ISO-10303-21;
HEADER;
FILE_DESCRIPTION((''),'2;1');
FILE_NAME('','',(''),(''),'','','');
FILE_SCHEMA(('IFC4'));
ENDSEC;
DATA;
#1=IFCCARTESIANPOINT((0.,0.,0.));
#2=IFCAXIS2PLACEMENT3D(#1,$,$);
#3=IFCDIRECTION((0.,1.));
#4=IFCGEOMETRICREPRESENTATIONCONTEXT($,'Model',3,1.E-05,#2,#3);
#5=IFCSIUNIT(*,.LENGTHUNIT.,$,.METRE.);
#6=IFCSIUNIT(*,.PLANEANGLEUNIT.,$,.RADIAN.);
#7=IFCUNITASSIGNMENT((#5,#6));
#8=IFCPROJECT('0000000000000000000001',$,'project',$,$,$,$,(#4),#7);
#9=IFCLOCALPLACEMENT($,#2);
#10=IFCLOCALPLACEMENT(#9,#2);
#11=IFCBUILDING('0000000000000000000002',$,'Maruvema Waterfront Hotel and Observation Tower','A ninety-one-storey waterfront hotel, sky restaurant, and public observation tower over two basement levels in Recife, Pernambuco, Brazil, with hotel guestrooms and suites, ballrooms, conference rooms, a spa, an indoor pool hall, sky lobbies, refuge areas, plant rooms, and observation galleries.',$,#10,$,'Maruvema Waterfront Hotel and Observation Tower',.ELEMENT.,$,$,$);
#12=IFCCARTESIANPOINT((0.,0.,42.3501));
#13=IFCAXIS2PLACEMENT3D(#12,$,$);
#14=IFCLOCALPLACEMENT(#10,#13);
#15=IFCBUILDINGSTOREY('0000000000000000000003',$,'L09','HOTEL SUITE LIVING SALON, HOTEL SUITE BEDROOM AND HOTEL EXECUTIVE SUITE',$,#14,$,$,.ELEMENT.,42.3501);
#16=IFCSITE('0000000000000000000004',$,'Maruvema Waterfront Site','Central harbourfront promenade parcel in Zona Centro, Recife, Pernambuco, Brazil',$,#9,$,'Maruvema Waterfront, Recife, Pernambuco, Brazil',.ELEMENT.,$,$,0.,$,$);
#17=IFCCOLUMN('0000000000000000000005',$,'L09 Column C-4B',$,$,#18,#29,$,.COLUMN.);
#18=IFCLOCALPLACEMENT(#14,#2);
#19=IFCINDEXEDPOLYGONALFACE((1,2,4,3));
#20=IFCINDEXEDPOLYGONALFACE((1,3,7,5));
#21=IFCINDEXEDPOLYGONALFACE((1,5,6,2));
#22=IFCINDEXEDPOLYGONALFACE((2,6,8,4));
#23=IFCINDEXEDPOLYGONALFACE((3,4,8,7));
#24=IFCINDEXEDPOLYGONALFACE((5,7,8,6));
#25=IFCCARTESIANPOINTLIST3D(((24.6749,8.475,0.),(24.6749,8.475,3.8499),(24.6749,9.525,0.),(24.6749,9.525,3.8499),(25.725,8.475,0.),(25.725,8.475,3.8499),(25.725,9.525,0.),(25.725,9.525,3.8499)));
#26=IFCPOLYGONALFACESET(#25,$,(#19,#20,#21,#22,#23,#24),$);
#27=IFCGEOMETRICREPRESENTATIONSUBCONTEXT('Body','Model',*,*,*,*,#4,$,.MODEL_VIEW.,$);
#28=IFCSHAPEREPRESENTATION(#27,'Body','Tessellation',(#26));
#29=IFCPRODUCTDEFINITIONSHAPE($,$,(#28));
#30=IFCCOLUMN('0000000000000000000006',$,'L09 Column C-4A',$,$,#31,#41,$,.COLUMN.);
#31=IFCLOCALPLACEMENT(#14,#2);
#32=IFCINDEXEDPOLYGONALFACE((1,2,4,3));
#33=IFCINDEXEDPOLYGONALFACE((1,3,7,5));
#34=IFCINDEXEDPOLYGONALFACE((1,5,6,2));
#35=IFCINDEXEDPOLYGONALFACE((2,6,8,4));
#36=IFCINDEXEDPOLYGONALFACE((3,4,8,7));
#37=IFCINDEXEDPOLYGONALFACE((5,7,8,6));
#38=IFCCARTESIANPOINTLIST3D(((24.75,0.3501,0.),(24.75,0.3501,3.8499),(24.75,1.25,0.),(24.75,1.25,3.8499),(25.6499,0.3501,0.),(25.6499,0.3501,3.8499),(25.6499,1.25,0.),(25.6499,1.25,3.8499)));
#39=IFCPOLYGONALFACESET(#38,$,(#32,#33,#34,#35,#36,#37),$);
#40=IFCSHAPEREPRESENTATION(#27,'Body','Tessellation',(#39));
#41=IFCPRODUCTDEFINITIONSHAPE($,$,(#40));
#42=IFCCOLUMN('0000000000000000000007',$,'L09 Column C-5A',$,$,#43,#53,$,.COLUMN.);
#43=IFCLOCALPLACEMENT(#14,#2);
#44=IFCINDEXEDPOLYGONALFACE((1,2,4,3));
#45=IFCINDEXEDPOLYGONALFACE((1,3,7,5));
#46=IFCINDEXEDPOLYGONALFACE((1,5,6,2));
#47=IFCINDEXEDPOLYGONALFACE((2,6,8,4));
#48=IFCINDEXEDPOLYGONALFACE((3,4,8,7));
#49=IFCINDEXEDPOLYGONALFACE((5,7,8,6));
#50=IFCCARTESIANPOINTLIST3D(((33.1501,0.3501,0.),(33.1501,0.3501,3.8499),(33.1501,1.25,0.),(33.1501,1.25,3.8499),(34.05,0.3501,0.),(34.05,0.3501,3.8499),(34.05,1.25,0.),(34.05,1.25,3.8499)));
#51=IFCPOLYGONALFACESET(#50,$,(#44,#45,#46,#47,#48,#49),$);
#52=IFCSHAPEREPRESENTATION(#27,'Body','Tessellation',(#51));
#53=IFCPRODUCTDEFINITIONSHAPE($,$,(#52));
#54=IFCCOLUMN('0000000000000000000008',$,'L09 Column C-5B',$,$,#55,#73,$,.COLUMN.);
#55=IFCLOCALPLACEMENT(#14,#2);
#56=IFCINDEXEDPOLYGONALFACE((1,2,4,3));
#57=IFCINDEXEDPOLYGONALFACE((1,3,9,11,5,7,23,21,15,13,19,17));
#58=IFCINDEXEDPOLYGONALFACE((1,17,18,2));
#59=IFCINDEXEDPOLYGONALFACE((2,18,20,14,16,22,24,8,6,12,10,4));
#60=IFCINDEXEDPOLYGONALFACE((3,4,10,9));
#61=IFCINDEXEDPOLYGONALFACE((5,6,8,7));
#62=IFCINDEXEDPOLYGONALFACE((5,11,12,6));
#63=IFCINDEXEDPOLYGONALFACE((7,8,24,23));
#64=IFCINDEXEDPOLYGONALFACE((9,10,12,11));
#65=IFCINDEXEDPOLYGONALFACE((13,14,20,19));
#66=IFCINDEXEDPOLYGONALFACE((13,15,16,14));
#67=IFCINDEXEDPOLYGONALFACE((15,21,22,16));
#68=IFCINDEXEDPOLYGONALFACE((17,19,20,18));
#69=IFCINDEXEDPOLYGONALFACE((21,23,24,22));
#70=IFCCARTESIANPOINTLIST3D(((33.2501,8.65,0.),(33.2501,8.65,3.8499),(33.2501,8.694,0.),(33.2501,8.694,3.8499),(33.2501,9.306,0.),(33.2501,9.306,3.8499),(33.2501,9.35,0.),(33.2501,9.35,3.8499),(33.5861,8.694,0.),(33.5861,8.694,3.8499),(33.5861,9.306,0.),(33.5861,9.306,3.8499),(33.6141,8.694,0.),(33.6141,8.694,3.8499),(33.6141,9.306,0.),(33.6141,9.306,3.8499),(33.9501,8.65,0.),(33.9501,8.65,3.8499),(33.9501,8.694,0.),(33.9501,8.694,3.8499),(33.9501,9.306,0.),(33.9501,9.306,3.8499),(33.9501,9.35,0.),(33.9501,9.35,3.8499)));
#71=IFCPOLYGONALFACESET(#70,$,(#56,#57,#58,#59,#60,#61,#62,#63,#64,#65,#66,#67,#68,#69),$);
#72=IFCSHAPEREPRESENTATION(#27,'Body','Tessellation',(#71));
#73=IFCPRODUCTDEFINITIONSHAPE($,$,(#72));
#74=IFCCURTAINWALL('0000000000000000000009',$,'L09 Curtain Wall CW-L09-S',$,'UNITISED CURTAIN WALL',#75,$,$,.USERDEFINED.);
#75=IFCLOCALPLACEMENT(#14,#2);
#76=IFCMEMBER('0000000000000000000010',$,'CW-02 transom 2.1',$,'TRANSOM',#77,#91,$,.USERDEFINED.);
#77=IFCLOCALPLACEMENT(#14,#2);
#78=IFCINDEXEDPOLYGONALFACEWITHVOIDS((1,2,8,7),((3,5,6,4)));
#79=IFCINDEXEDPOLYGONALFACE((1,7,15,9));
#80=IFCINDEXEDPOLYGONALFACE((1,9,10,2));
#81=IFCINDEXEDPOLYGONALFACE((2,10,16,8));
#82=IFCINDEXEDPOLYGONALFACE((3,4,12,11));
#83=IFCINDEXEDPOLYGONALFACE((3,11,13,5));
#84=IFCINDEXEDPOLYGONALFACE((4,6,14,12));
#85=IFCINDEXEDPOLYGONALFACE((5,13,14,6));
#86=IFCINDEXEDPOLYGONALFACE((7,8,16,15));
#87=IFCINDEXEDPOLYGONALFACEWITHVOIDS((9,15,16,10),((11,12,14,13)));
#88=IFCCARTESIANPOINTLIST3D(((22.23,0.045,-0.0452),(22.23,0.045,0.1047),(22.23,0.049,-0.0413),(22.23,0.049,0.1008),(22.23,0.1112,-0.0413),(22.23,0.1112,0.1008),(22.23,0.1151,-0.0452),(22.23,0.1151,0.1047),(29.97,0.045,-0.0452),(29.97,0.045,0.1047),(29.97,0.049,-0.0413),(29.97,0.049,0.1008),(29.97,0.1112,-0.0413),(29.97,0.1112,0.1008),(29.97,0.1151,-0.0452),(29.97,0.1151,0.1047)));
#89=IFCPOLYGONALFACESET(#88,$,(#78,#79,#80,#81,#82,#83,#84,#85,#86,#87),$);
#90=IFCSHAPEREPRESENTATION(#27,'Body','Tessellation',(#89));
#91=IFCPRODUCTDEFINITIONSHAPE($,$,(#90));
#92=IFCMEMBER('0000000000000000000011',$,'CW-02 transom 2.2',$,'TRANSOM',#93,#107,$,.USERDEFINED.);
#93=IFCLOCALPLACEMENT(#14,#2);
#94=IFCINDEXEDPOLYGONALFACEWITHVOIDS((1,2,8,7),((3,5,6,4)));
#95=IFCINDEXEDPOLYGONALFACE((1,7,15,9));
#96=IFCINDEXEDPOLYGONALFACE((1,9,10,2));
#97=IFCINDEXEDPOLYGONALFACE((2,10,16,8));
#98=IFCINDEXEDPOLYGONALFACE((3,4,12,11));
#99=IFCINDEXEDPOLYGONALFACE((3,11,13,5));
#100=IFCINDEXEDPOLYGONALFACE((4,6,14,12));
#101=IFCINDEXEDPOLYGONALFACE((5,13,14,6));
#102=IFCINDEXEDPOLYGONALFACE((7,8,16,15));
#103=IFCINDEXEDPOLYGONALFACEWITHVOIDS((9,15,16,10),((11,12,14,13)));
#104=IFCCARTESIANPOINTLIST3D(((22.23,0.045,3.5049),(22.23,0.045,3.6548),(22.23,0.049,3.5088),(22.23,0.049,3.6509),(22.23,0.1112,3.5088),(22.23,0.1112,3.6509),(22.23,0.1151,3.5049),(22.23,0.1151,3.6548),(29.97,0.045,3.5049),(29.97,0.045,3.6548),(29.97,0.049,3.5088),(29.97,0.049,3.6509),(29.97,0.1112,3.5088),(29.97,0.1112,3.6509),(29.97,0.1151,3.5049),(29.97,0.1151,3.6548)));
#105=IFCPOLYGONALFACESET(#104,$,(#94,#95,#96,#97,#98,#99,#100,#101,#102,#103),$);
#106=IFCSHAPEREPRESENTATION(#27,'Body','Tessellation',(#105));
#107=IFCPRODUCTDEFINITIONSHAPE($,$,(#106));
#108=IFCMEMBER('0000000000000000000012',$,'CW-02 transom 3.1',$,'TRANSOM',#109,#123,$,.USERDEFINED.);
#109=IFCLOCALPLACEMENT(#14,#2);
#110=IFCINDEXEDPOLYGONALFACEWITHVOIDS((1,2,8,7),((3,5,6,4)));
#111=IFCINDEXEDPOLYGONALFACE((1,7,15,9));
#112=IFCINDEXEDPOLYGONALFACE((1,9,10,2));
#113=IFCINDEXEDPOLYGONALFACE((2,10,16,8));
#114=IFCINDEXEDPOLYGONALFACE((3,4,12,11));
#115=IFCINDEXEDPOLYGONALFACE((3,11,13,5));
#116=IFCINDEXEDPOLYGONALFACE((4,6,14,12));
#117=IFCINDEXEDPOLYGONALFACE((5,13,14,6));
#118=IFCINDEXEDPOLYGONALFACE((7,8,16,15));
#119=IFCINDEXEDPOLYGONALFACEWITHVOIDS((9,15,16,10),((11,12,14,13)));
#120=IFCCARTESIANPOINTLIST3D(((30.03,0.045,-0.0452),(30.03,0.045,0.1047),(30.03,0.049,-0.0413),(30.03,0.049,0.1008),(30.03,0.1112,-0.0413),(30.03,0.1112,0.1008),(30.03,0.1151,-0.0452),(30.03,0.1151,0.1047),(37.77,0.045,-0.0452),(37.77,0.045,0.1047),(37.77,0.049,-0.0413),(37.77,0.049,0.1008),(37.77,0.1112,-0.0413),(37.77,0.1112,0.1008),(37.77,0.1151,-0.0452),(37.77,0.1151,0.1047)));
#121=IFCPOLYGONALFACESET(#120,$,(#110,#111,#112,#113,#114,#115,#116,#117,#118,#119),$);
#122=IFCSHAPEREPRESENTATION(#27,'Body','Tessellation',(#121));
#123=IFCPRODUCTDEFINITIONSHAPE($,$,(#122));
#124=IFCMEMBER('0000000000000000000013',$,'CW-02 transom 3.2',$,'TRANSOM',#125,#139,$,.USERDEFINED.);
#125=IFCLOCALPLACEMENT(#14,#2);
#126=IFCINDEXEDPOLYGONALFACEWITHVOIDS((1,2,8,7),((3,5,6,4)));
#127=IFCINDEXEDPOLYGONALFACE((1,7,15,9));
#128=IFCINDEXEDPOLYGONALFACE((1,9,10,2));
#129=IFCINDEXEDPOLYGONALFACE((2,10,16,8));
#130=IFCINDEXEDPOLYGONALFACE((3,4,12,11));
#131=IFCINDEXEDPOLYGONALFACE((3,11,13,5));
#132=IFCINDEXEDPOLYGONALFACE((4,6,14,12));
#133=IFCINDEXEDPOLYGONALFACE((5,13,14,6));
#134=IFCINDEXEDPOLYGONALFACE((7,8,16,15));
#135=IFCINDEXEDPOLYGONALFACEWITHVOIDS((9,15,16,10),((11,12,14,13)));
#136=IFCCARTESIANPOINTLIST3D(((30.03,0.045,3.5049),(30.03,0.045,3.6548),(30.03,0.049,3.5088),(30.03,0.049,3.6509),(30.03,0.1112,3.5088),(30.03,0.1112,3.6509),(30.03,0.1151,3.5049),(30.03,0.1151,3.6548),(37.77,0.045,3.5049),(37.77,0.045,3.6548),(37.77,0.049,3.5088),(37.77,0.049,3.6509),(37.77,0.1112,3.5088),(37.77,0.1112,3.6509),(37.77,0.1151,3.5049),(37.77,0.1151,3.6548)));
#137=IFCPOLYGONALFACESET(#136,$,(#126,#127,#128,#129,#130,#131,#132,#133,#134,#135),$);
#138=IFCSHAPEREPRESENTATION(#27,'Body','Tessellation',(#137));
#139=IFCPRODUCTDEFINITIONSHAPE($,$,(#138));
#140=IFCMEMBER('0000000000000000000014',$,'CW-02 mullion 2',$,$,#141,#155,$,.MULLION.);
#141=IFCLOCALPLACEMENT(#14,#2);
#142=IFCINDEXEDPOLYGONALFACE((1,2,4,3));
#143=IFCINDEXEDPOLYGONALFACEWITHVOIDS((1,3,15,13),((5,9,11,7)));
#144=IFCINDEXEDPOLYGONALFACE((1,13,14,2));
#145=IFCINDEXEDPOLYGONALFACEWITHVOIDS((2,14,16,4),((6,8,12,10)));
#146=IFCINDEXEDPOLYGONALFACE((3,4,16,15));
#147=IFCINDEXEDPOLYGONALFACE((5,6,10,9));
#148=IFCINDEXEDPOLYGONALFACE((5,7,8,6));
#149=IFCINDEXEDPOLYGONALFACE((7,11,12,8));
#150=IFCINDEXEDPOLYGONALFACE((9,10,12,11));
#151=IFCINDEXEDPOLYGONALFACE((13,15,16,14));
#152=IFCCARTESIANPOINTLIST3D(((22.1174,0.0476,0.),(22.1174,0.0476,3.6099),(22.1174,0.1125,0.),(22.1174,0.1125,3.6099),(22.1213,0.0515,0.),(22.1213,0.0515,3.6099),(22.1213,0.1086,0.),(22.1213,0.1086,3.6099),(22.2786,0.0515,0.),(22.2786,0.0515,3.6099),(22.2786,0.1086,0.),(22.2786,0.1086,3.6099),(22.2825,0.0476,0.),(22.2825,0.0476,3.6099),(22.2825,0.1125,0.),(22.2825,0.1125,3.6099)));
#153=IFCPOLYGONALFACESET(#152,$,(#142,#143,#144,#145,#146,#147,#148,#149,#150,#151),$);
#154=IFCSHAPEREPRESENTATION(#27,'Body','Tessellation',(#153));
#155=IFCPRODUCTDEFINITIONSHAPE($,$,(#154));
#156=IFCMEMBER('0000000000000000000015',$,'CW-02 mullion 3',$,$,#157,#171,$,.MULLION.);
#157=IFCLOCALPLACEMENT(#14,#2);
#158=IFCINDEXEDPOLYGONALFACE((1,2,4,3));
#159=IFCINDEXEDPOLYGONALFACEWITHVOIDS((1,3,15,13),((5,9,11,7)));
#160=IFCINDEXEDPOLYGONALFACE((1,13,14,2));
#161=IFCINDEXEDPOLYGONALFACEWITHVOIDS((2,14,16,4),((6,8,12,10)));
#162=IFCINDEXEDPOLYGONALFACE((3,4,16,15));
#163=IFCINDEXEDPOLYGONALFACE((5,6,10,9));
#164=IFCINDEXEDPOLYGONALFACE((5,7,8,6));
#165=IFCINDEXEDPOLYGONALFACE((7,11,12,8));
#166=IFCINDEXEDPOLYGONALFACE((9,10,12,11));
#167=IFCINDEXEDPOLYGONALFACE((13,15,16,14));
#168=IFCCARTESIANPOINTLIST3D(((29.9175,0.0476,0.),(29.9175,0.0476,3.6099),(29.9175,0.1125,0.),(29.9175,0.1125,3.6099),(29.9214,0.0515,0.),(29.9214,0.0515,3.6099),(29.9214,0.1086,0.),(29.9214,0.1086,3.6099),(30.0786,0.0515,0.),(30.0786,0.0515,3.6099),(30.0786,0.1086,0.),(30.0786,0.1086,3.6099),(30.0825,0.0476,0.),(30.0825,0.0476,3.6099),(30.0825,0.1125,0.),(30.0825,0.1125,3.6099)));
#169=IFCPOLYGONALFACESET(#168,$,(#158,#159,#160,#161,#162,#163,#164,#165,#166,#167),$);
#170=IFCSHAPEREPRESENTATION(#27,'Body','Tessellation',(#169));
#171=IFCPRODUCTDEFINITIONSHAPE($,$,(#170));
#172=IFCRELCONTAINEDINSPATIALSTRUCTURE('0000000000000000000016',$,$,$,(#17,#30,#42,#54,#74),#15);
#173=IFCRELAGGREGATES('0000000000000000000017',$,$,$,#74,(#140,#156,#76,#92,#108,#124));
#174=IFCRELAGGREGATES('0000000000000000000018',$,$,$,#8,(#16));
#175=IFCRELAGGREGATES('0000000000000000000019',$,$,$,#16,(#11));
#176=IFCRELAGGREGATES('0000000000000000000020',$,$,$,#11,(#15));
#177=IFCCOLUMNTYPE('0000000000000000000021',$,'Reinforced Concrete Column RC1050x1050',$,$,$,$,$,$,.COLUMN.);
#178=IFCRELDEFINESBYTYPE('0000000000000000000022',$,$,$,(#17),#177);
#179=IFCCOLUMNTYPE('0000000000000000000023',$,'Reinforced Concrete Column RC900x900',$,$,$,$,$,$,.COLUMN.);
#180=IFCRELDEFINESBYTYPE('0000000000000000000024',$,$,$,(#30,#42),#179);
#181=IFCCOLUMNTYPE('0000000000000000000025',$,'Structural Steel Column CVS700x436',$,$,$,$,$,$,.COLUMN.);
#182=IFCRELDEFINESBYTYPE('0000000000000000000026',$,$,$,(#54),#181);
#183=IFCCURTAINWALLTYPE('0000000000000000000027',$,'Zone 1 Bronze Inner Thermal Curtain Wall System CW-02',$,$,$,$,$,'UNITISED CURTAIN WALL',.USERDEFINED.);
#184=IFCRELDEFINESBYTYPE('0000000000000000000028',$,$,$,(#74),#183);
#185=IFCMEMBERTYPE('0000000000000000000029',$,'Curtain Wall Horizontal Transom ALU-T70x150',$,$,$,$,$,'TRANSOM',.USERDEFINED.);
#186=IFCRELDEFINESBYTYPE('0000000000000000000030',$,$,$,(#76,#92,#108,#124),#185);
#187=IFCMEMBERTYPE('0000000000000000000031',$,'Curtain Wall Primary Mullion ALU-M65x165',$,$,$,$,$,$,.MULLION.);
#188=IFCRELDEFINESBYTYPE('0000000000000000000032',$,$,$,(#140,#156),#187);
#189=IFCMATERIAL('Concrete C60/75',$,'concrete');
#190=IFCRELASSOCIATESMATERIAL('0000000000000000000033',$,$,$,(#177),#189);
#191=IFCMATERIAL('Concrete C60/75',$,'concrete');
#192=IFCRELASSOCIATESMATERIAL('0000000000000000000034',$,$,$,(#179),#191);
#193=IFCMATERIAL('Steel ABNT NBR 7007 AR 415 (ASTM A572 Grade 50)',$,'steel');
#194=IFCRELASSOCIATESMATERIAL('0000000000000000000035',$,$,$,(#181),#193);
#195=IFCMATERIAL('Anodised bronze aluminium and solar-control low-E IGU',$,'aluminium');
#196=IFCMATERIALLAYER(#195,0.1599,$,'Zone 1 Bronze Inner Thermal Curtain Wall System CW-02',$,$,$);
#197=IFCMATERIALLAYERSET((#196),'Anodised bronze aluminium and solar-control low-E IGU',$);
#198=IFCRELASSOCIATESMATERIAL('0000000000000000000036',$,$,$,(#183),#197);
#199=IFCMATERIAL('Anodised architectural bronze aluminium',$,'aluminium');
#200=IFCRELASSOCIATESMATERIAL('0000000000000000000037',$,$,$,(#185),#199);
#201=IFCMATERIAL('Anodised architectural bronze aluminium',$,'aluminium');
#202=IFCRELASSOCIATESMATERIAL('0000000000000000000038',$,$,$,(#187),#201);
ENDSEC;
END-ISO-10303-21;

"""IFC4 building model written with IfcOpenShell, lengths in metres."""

from ifc_helpers import new_model, si_unit, direction, frame, origin, origin_2d, place, context, subcontext, project, spatial, rectangle, hollow_rectangle, i_section, extrude, material, layer, layer_set, material_profile, profile_set, type_object, element, aggregate, save


model = new_model("IFC4")

# Units and contexts
model_context = context("Model", 3, precision=1e-05, world=origin(), true_north=direction((0.0, 1.0)))
body_context = subcontext(model_context, "Body", "Model", "MODEL_VIEW")
ifc_project = project(units=[si_unit("LENGTHUNIT", "METRE"), si_unit("PLANEANGLEUNIT", "RADIAN")], contexts=[model_context])

# Site, building, storey
site_placement = place(None, origin())
site = spatial("IfcSite", under=ifc_project, at=site_placement, Name="Maruvema Waterfront Site", Description="Central harbourfront promenade parcel in Zona Centro, Recife, Pernambuco, Brazil", LongName="Maruvema Waterfront, Recife, Pernambuco, Brazil", CompositionType="ELEMENT", RefElevation=0.0)
building_placement = place(site_placement, origin())
building = spatial("IfcBuilding", under=site, at=building_placement, Name="Maruvema Waterfront Hotel and Observation Tower", Description="A ninety-one-storey waterfront hotel, sky restaurant, and public observation tower over two basement levels in Recife, Pernambuco, Brazil, with hotel guestrooms and suites, ballrooms, conference rooms, a spa, an indoor pool hall, sky lobbies, refuge areas, plant rooms, and observation galleries.", LongName="Maruvema Waterfront Hotel and Observation Tower", CompositionType="ELEMENT")
storey_placement = place(building_placement, frame((0.0, 0.0, 42.3501)))
storey = spatial("IfcBuildingStorey", under=building, at=storey_placement, Name="L09", Description="HOTEL SUITE LIVING SALON, HOTEL SUITE BEDROOM AND HOTEL EXECUTIVE SUITE", CompositionType="ELEMENT", Elevation=42.3501)

# Columns
ifc_material_1 = material(Name="Concrete C60/75", Category="concrete")
ifc_material_profile_1 = material_profile(ifc_material_1, rectangle(XDim=1.05, YDim=1.05, at=origin_2d()), Name="RC1050x1050")
ifc_profile_set_1 = profile_set([ifc_material_profile_1], Name="Concrete C60/75")
column_type_1 = type_object("IfcColumnType", Name="Reinforced Concrete Column RC1050x1050", PredefinedType="COLUMN", material=ifc_profile_set_1)
column_1_placement = place(storey_placement, frame((25.2, 9.0, 0.0), z_axis=(0.0, 0.0, 1.0), x_axis=(1.0, 0.0, 0.0)))
element("IfcColumn", 1, at=column_1_placement, inside=storey, type_object=column_type_1, Name="L09 Column C-4B", PredefinedType="COLUMN", context=body_context, shape_type="SweptSolid", body=[
    extrude(rectangle(XDim=1.05, YDim=1.05, at=origin_2d()), origin(), (0.0, 0.0, 1.0), 3.8499),
])
ifc_material_2 = material(Name="Concrete C60/75", Category="concrete")
ifc_material_profile_2 = material_profile(ifc_material_2, rectangle(XDim=0.8999, YDim=0.8999, at=origin_2d()), Name="RC900x900")
ifc_profile_set_2 = profile_set([ifc_material_profile_2], Name="Concrete C60/75")
column_type_2 = type_object("IfcColumnType", Name="Reinforced Concrete Column RC900x900", PredefinedType="COLUMN", material=ifc_profile_set_2)
for number, where, z_axis, x_axis, name in (
    (2, (25.2, 0.8, 0.0), (0.0, 0.0, 1.0), (1.0, 0.0, 0.0), "L09 Column C-4A"),
    (3, (33.6001, 0.8, 0.0), (0.0, 0.0, 1.0), (1.0, 0.0, 0.0), "L09 Column C-5A"),
):
    element("IfcColumn", number, at=place(storey_placement, frame(where, z_axis=z_axis, x_axis=x_axis)), inside=storey, type_object=column_type_2, Name=name, PredefinedType="COLUMN", context=body_context, shape_type="SweptSolid", body=[
        extrude(rectangle(XDim=0.8999, YDim=0.8999, at=origin_2d()), origin(), (0.0, 0.0, 1.0), 3.8499),
    ])
ifc_material_3 = material(Name="Steel ABNT NBR 7007 AR 415 (ASTM A572 Grade 50)", Category="steel")
ifc_material_profile_3 = material_profile(ifc_material_3, i_section(OverallWidth=0.7, OverallDepth=0.7, WebThickness=0.0281, FlangeThickness=0.0439, at=origin_2d()), Name="CVS700x436")
ifc_profile_set_3 = profile_set([ifc_material_profile_3], Name="Steel ABNT NBR 7007 AR 415 (ASTM A572 Grade 50)")
column_type_3 = type_object("IfcColumnType", Name="Structural Steel Column CVS700x436", PredefinedType="COLUMN", material=ifc_profile_set_3)
column_2_placement = place(storey_placement, frame((33.6001, 9.0, 0.0), z_axis=(0.0, 0.0, 1.0), x_axis=(1.0, 0.0, 0.0)))
element("IfcColumn", 4, at=column_2_placement, inside=storey, type_object=column_type_3, Name="L09 Column C-5B", PredefinedType="COLUMN", context=body_context, shape_type="SweptSolid", body=[
    extrude(i_section(OverallWidth=0.7, OverallDepth=0.7, WebThickness=0.0281, FlangeThickness=0.0439, at=origin_2d()), origin(), (0.0, 0.0, 1.0), 3.8499),
])

# Curtain wall, members
ifc_material_4 = material(Name="Anodised bronze aluminium and solar-control low-E IGU", Category="aluminium")
ifc_layer_1 = layer(ifc_material_4, 0.1599, Name="Zone 1 Bronze Inner Thermal Curtain Wall System CW-02")
ifc_layer_set_1 = layer_set([ifc_layer_1], Name="Anodised bronze aluminium and solar-control low-E IGU")
curtain_wall_type = type_object("IfcCurtainWallType", Name="Zone 1 Bronze Inner Thermal Curtain Wall System CW-02", ElementType="UNITISED CURTAIN WALL", PredefinedType="USERDEFINED", material=ifc_layer_set_1)
curtain_wall_placement = place(storey_placement, origin())
curtain_wall = element("IfcCurtainWall", 5, at=curtain_wall_placement, inside=storey, type_object=curtain_wall_type, Name="L09 Curtain Wall CW-L09-S", ObjectType="UNITISED CURTAIN WALL", PredefinedType="USERDEFINED")
ifc_material_5 = material(Name="Anodised architectural bronze aluminium", Category="aluminium")
ifc_material_profile_4 = material_profile(ifc_material_5, hollow_rectangle(XDim=0.0701, YDim=0.1499, WallThickness=0.0039, at=origin_2d()), Name="ALU-T70x150")
ifc_profile_set_4 = profile_set([ifc_material_profile_4], Name="Anodised architectural bronze aluminium")
member_type_1 = type_object("IfcMemberType", Name="Curtain Wall Horizontal Transom ALU-T70x150", ElementType="TRANSOM", PredefinedType="USERDEFINED", material=ifc_profile_set_4)
member_1_placement = place(storey_placement, frame((22.23, 0.0801, 0.0298), z_axis=(1.0, 0.0, 0.0), x_axis=(0.0, 1.0, 0.0)))
member_1 = element("IfcMember", 6, at=member_1_placement, type_object=member_type_1, Name="CW-02 transom 2.1", ObjectType="TRANSOM", PredefinedType="USERDEFINED", context=body_context, shape_type="SweptSolid", body=[
    extrude(hollow_rectangle(XDim=0.0701, YDim=0.1499, WallThickness=0.0039, at=origin_2d()), origin(), (0.0, 0.0, 1.0), 7.74),
])
member_2_placement = place(storey_placement, frame((22.23, 0.0801, 3.5798), z_axis=(1.0, 0.0, 0.0), x_axis=(0.0, 1.0, 0.0)))
member_2 = element("IfcMember", 7, at=member_2_placement, type_object=member_type_1, Name="CW-02 transom 2.2", ObjectType="TRANSOM", PredefinedType="USERDEFINED", context=body_context, shape_type="SweptSolid", body=[
    extrude(hollow_rectangle(XDim=0.0701, YDim=0.1499, WallThickness=0.0039, at=origin_2d()), origin(), (0.0, 0.0, 1.0), 7.74),
])
member_3_placement = place(storey_placement, frame((30.03, 0.0801, 0.0298), z_axis=(1.0, 0.0, 0.0), x_axis=(0.0, 1.0, 0.0)))
member_3 = element("IfcMember", 8, at=member_3_placement, type_object=member_type_1, Name="CW-02 transom 3.1", ObjectType="TRANSOM", PredefinedType="USERDEFINED", context=body_context, shape_type="SweptSolid", body=[
    extrude(hollow_rectangle(XDim=0.0701, YDim=0.1499, WallThickness=0.0039, at=origin_2d()), origin(), (0.0, 0.0, 1.0), 7.74),
])
member_4_placement = place(storey_placement, frame((30.03, 0.0801, 3.5798), z_axis=(1.0, 0.0, 0.0), x_axis=(0.0, 1.0, 0.0)))
member_4 = element("IfcMember", 9, at=member_4_placement, type_object=member_type_1, Name="CW-02 transom 3.2", ObjectType="TRANSOM", PredefinedType="USERDEFINED", context=body_context, shape_type="SweptSolid", body=[
    extrude(hollow_rectangle(XDim=0.0701, YDim=0.1499, WallThickness=0.0039, at=origin_2d()), origin(), (0.0, 0.0, 1.0), 7.74),
])
ifc_material_6 = material(Name="Anodised architectural bronze aluminium", Category="aluminium")
ifc_material_profile_5 = material_profile(ifc_material_6, hollow_rectangle(XDim=0.0649, YDim=0.165, WallThickness=0.0039, at=origin_2d()), Name="ALU-M65x165")
ifc_profile_set_5 = profile_set([ifc_material_profile_5], Name="Anodised architectural bronze aluminium")
member_type_2 = type_object("IfcMemberType", Name="Curtain Wall Primary Mullion ALU-M65x165", PredefinedType="MULLION", material=ifc_profile_set_5)
member_5_placement = place(storey_placement, frame((22.2, 0.0801, 0.0), z_axis=(0.0, 0.0, 1.0), x_axis=(0.0, 1.0, 0.0)))
member_5 = element("IfcMember", 10, at=member_5_placement, type_object=member_type_2, Name="CW-02 mullion 2", PredefinedType="MULLION", context=body_context, shape_type="SweptSolid", body=[
    extrude(hollow_rectangle(XDim=0.0649, YDim=0.165, WallThickness=0.0039, at=origin_2d()), origin(), (0.0, 0.0, 1.0), 3.6099),
])
member_6_placement = place(storey_placement, frame((30.0, 0.0801, 0.0), z_axis=(0.0, 0.0, 1.0), x_axis=(0.0, 1.0, 0.0)))
member_6 = element("IfcMember", 11, at=member_6_placement, type_object=member_type_2, Name="CW-02 mullion 3", PredefinedType="MULLION", context=body_context, shape_type="SweptSolid", body=[
    extrude(hollow_rectangle(XDim=0.0649, YDim=0.165, WallThickness=0.0039, at=origin_2d()), origin(), (0.0, 0.0, 1.0), 3.6099),
])

aggregate(curtain_wall, [member_5, member_6, member_1, member_2, member_3, member_4])

save(model, "model.ifc")
